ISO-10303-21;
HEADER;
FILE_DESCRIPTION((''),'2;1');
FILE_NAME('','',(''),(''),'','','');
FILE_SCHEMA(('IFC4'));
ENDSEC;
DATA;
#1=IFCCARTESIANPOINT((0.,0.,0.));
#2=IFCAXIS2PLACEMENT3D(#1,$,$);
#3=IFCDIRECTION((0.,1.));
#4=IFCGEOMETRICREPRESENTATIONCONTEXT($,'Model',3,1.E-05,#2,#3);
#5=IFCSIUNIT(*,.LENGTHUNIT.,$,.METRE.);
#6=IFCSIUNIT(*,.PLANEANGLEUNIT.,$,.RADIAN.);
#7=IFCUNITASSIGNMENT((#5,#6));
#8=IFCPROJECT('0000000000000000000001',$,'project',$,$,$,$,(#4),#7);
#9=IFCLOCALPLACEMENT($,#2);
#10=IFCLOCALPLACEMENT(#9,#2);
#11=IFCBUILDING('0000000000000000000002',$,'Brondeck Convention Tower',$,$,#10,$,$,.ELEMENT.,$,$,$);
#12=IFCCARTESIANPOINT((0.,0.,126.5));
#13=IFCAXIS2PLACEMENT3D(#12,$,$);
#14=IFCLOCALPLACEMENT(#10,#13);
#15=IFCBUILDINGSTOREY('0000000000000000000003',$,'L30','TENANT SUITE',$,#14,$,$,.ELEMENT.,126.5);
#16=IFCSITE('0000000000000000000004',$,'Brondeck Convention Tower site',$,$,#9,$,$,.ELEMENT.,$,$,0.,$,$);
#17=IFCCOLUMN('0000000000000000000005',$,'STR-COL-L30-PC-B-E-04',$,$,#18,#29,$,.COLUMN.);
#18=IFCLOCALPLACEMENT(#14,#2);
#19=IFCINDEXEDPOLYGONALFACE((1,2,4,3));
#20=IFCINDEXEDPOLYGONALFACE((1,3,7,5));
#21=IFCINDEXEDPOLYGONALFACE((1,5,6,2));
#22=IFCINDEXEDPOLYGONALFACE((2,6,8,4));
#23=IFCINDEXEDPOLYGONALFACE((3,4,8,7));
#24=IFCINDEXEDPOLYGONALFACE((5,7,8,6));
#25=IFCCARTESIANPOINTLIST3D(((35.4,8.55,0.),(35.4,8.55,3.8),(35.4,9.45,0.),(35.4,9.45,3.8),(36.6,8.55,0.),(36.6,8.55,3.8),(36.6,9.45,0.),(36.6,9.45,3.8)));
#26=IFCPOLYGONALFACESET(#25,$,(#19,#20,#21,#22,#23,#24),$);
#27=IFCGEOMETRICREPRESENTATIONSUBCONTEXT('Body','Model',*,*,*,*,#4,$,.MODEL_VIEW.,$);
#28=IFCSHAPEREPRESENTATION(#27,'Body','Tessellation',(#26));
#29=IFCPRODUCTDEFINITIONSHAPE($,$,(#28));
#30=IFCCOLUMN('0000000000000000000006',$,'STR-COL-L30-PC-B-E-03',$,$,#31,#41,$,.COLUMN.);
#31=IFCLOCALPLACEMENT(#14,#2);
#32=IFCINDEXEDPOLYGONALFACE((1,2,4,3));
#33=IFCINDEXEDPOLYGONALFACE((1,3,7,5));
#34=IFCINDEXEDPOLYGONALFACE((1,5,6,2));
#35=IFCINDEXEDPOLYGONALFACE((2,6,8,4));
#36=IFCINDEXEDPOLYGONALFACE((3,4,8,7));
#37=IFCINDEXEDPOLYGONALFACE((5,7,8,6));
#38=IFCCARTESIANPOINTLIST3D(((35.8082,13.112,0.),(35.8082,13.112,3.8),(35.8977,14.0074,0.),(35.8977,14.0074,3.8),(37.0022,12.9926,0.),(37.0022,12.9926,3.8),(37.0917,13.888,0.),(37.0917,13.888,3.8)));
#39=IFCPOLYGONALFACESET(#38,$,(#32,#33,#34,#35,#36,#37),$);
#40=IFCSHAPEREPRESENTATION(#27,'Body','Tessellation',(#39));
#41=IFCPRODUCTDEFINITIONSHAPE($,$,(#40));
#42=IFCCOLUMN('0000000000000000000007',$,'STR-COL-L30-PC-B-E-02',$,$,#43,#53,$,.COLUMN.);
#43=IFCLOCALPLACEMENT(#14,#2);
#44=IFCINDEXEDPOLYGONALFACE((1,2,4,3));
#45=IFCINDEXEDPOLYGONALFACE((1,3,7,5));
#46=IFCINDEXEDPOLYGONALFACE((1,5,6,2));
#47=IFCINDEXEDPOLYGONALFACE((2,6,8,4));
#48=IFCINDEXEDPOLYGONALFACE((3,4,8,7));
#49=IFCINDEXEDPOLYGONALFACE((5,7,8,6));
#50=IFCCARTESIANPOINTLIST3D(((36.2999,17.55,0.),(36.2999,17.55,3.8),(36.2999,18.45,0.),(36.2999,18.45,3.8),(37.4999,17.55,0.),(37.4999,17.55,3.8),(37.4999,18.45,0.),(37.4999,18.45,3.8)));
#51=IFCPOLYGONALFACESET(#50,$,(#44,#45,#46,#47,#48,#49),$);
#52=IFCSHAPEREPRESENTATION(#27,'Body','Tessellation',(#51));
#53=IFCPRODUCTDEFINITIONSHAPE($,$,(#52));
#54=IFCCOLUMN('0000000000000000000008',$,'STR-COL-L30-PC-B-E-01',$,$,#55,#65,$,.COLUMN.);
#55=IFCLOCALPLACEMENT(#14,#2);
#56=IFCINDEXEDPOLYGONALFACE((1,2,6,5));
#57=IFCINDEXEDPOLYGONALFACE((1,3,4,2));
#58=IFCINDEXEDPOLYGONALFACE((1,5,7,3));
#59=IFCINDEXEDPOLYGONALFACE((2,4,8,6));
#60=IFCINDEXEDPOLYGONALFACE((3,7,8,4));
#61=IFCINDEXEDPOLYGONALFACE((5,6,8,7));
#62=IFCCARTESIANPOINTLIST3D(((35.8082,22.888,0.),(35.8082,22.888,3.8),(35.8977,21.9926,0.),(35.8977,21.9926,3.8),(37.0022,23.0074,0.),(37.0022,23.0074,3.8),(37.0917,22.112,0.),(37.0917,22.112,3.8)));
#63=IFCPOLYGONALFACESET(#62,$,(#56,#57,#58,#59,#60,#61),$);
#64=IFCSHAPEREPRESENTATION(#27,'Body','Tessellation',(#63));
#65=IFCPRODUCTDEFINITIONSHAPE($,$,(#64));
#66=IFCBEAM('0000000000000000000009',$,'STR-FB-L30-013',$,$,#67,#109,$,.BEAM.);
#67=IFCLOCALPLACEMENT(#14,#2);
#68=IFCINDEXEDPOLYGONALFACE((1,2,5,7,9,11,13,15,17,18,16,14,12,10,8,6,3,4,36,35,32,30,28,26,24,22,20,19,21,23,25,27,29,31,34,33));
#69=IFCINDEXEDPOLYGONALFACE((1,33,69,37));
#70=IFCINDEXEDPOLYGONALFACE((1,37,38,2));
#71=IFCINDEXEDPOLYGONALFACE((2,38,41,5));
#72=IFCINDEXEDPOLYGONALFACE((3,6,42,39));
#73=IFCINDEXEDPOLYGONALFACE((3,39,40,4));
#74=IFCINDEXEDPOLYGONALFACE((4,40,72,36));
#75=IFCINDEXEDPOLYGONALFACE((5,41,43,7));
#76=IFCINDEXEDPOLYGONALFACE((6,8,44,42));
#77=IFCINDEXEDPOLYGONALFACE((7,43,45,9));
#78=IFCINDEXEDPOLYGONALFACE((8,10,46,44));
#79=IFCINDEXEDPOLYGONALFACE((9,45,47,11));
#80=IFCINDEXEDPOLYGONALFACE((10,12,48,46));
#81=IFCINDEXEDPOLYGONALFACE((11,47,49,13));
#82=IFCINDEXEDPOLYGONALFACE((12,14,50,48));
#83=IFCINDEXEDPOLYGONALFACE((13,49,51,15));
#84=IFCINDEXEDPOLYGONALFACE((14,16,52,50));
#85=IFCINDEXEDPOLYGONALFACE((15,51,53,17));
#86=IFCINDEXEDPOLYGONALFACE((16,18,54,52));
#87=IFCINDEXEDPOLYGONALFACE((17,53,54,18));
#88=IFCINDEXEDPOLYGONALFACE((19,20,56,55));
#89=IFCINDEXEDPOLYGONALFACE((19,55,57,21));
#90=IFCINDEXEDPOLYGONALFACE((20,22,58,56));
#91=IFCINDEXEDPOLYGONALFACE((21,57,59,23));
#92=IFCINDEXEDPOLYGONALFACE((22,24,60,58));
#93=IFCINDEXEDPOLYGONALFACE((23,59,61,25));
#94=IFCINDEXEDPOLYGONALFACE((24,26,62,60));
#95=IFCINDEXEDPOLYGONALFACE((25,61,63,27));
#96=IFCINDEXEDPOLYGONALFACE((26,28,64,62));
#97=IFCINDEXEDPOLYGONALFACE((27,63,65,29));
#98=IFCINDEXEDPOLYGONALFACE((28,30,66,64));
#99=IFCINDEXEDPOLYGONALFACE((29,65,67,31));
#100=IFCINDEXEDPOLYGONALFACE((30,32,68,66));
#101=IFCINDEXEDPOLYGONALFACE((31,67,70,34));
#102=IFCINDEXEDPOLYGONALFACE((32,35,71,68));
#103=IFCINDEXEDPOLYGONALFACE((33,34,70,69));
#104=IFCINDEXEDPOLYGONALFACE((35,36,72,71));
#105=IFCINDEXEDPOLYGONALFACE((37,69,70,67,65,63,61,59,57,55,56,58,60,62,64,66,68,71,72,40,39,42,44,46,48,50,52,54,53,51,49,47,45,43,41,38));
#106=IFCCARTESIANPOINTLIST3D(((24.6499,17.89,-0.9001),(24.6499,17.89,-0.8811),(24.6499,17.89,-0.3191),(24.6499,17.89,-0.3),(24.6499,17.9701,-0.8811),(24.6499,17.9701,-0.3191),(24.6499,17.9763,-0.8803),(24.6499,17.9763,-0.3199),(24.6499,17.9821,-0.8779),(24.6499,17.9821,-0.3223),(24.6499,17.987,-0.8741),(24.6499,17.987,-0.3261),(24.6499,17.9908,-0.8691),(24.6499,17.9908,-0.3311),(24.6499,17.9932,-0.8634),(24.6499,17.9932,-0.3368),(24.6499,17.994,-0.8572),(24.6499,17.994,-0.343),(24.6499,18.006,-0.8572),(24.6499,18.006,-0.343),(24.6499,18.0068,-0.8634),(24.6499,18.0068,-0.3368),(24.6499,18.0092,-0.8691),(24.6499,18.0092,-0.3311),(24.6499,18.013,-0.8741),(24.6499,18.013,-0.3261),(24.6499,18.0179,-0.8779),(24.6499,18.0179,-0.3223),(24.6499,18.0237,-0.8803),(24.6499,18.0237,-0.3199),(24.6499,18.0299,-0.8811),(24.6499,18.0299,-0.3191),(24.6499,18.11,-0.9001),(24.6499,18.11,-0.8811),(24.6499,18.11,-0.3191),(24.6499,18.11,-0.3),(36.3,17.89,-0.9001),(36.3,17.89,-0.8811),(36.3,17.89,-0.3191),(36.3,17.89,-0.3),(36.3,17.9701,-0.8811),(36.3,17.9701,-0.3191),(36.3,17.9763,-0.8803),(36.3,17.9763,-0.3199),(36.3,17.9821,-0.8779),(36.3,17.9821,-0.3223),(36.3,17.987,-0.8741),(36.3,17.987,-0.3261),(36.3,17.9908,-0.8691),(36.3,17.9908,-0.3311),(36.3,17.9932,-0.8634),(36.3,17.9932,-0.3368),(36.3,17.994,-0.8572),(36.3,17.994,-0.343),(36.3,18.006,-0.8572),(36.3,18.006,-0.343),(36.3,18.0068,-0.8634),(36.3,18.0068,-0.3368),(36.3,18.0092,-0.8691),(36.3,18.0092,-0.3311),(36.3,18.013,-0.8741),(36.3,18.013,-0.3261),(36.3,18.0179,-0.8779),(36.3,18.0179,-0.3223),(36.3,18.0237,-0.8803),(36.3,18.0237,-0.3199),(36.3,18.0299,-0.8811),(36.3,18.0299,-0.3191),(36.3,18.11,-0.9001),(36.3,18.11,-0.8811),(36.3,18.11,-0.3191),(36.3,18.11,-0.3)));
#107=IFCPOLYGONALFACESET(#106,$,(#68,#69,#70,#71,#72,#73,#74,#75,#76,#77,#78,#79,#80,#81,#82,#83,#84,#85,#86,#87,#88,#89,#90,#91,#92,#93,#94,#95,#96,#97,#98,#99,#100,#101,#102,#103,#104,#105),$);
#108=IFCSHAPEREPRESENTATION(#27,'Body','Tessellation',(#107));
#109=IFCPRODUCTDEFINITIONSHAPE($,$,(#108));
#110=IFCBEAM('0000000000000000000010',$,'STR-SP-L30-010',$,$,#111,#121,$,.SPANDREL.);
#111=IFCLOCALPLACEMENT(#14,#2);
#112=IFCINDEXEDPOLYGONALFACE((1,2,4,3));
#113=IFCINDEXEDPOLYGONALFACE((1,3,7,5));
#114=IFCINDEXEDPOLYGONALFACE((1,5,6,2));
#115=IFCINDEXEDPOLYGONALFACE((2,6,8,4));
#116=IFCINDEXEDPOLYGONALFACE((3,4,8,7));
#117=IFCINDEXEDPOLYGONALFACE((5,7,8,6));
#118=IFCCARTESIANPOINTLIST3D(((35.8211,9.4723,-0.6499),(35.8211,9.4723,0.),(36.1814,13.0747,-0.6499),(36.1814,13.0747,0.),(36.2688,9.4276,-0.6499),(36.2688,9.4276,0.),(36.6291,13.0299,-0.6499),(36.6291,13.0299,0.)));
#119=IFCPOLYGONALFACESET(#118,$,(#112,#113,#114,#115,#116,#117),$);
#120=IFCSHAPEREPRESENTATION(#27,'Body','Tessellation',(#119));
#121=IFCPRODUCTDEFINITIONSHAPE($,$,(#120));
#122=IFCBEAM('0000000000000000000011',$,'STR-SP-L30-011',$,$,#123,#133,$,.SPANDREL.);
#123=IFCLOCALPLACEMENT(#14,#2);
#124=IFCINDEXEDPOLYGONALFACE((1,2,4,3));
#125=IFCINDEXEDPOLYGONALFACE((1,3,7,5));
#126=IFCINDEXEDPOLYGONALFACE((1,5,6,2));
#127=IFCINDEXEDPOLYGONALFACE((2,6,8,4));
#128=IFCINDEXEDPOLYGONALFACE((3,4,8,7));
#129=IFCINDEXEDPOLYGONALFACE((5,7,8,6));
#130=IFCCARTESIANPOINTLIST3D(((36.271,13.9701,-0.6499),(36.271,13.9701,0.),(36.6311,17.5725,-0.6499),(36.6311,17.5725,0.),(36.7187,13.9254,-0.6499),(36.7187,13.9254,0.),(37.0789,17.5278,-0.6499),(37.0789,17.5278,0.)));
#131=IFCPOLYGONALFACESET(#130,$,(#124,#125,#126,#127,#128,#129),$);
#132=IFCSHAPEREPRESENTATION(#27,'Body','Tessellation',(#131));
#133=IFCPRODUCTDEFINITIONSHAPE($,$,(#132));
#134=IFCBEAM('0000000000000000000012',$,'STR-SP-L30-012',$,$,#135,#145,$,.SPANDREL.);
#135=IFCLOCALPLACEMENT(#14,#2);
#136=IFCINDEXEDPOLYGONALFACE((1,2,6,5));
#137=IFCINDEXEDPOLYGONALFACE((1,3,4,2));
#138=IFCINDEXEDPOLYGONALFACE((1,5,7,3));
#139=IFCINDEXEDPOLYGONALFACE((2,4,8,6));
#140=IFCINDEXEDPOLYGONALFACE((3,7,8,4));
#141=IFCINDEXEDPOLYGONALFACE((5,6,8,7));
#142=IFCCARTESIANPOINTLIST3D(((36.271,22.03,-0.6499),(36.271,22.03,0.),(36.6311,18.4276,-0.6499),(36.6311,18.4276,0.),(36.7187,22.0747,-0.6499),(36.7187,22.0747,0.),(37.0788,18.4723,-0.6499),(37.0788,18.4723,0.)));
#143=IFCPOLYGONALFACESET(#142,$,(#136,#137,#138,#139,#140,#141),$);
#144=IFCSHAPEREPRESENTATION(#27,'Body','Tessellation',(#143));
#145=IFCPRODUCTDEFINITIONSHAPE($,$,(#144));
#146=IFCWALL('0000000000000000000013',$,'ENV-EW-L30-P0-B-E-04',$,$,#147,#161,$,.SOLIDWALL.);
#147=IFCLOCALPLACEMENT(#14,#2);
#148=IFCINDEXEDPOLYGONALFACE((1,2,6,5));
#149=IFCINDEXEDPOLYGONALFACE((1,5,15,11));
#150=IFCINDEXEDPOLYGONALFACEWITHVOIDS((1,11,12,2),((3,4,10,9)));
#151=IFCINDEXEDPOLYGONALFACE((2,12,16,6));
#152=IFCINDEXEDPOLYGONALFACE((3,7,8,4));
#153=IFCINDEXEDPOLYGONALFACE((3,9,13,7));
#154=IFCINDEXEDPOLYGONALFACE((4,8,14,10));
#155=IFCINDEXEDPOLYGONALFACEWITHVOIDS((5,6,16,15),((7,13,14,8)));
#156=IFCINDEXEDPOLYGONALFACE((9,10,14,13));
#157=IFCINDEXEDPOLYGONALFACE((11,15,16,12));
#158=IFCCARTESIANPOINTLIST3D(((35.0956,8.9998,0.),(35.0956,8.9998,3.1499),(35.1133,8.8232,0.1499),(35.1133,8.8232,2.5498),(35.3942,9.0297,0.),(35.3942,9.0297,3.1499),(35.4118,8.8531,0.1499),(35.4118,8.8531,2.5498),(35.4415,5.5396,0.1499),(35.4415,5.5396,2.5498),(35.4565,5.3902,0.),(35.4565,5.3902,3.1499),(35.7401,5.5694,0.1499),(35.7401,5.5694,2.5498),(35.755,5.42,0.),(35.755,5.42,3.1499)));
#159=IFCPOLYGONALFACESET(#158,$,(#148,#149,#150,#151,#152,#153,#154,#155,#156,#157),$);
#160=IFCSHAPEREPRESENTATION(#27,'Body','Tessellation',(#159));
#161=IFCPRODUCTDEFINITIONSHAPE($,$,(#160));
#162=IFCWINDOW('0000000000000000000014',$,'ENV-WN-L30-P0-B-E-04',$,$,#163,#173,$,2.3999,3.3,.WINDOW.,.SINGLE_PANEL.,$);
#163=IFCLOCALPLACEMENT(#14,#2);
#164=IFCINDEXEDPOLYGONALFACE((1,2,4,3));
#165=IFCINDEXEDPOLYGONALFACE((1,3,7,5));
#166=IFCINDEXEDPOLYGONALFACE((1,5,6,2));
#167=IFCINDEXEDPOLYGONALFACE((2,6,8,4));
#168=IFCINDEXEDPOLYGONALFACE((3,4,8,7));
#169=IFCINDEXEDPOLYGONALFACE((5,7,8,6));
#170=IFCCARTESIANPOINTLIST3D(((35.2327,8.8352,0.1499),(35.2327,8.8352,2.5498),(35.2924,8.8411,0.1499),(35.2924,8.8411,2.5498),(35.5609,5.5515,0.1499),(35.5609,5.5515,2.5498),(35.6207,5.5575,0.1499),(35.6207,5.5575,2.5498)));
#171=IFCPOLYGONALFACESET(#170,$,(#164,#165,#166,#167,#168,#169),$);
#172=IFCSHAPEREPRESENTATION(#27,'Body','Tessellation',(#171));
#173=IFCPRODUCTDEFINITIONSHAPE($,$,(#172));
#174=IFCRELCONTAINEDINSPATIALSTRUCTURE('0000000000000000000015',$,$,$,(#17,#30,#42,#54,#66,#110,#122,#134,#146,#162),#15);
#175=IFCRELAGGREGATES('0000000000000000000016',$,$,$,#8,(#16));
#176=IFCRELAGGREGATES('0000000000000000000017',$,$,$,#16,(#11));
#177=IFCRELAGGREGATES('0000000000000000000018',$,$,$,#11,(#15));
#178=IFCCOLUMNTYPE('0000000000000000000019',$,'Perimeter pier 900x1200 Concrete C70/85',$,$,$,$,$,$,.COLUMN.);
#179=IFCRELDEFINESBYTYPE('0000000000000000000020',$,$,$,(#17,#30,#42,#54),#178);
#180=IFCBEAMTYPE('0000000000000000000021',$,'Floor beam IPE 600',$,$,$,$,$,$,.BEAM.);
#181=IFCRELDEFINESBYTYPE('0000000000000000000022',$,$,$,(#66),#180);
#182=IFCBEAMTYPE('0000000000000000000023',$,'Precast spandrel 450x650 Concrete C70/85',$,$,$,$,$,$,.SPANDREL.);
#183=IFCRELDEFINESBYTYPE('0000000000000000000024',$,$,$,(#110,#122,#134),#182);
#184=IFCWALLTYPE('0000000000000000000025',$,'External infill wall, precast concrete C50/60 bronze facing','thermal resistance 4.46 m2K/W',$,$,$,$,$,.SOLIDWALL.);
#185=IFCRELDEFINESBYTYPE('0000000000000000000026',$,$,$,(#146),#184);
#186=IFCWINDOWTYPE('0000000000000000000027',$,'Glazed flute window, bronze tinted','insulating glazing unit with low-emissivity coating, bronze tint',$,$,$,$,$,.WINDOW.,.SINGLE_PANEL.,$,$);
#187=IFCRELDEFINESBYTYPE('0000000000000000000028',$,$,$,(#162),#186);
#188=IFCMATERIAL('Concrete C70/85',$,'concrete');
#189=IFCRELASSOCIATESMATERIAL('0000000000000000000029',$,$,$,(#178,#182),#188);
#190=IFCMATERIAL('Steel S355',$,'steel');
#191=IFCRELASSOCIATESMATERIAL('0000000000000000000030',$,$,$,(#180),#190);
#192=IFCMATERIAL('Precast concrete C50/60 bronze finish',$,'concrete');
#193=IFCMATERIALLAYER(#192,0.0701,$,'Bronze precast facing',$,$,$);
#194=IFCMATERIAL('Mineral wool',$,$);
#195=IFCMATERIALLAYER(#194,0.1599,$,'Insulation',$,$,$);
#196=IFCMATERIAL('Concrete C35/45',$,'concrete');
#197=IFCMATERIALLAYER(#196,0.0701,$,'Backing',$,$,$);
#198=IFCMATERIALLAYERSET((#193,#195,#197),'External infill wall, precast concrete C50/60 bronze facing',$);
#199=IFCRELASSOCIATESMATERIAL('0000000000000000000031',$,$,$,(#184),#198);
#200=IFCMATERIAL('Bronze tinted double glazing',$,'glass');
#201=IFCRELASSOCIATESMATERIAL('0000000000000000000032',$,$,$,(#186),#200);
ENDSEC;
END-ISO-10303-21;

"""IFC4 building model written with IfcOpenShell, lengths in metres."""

from ifc_helpers import new_model, si_unit, direction, frame, frame_2d, origin, origin_2d, place, context, subcontext, project, spatial, rectangle, i_section, extrude, material, layer, layer_set, material_profile, profile_set, type_object, element, fill, save


model = new_model("IFC4")

# Units and contexts
model_context = context("Model", 3, precision=1e-05, world=origin(), true_north=direction((0.0, 1.0)))
body_context = subcontext(model_context, "Body", "Model", "MODEL_VIEW")
ifc_project = project(units=[si_unit("LENGTHUNIT", "METRE"), si_unit("PLANEANGLEUNIT", "RADIAN")], contexts=[model_context])

# Site, building, storey
site_placement = place(None, origin())
site = spatial("IfcSite", under=ifc_project, at=site_placement, Name="Brondeck Convention Tower site", CompositionType="ELEMENT", RefElevation=0.0)
building_placement = place(site_placement, origin())
building = spatial("IfcBuilding", under=site, at=building_placement, Name="Brondeck Convention Tower", CompositionType="ELEMENT")
storey_placement = place(building_placement, frame((0.0, 0.0, 126.5)))
storey = spatial("IfcBuildingStorey", under=building, at=storey_placement, Name="L30", Description="TENANT SUITE", CompositionType="ELEMENT", Elevation=126.5)

# Columns
ifc_material_1 = material(Name="Concrete C70/85", Category="concrete")
ifc_material_profile_1 = material_profile(ifc_material_1, rectangle(XDim=0.8999, YDim=1.2, at=origin_2d()), Name="Perimeter pier 900x1200 Concrete C70/85")
ifc_profile_set_1 = profile_set([ifc_material_profile_1], Name="Concrete C70/85")
column_type = type_object("IfcColumnType", Name="Perimeter pier 900x1200 Concrete C70/85", PredefinedType="COLUMN", material=ifc_profile_set_1)
for number, where, z_axis, x_axis, name in (
    (1, (36.0, 9.0, 0.0), (0.0, 0.0, 1.0), (0.0, 1.0, 0.0), "STR-COL-L30-PC-B-E-04"),
    (2, (36.45, 13.5, 0.0), (0.0, 0.0, 1.0), (0.099504, 0.995037, 0.0), "STR-COL-L30-PC-B-E-03"),
    (3, (36.8999, 18.0, 0.0), (0.0, 0.0, 1.0), (0.0, 1.0, 0.0), "STR-COL-L30-PC-B-E-02"),
    (4, (36.45, 22.5, 0.0), (0.0, 0.0, 1.0), (-0.099504, 0.995037, 0.0), "STR-COL-L30-PC-B-E-01"),
):
    element("IfcColumn", number, at=place(storey_placement, frame(where, z_axis=z_axis, x_axis=x_axis)), inside=storey, type_object=column_type, Name=name, PredefinedType="COLUMN", context=body_context, shape_type="SweptSolid", body=[
        extrude(rectangle(XDim=0.8999, YDim=1.2, at=origin_2d()), origin(), (0.0, 0.0, 1.0), 3.8),
    ])

# Beams
ifc_material_2 = material(Name="Steel S355", Category="steel")
ifc_material_profile_2 = material_profile(ifc_material_2, i_section(OverallWidth=0.22, OverallDepth=0.6001, WebThickness=0.012, FlangeThickness=0.019, FilletRadius=0.0239, at=origin_2d()), Name="IPE 600")
ifc_profile_set_2 = profile_set([ifc_material_profile_2], Name="Steel S355")
beam_type_1 = type_object("IfcBeamType", Name="Floor beam IPE 600", PredefinedType="BEAM", material=ifc_profile_set_2)
beam_placement = place(storey_placement, frame((24.6499, 18.0, -0.6001), z_axis=(1.0, 0.0, 0.0), x_axis=(0.0, 1.0, 0.0)))
element("IfcBeam", 5, at=beam_placement, inside=storey, type_object=beam_type_1, Name="STR-FB-L30-013", PredefinedType="BEAM", context=body_context, shape_type="SweptSolid", body=[
    extrude(i_section(OverallWidth=0.22, OverallDepth=0.6001, WebThickness=0.012, FlangeThickness=0.019, FilletRadius=0.0239, at=origin_2d()), origin(), (0.0, 0.0, 1.0), 11.6501),
])
ifc_material_profile_3 = material_profile(ifc_material_1, rectangle(XDim=0.45, YDim=0.6499, at=origin_2d()), Name="Precast spandrel 450x650 Concrete C70/85")
ifc_profile_set_3 = profile_set([ifc_material_profile_3], Name="Concrete C70/85")
beam_type_2 = type_object("IfcBeamType", Name="Precast spandrel 450x650 Concrete C70/85", PredefinedType="SPANDREL", material=ifc_profile_set_3)
for number, where, z_axis, x_axis, name in (
    (6, (36.0449, 9.45, -0.325), (0.099537, 0.995034, 0.0), (-0.995034, 0.099537, 0.0), "STR-SP-L30-010"),
    (7, (36.4949, 13.9478, -0.325), (0.09947, 0.995041, 0.0), (-0.995041, 0.09947, 0.0), "STR-SP-L30-011"),
    (8, (36.855, 18.45, -0.325), (-0.09947, 0.995041, 0.0), (-0.995041, -0.09947, 0.0), "STR-SP-L30-012"),
):
    element("IfcBeam", number, at=place(storey_placement, frame(where, z_axis=z_axis, x_axis=x_axis)), inside=storey, type_object=beam_type_2, Name=name, PredefinedType="SPANDREL", context=body_context, shape_type="SweptSolid", body=[
        extrude(rectangle(XDim=0.45, YDim=0.6499, at=origin_2d()), origin(), (0.0, 0.0, 1.0), 3.6204),
    ])

# Wall, opening, window
ifc_material_3 = material(Name="Precast concrete C50/60 bronze finish", Category="concrete")
ifc_layer_1 = layer(ifc_material_3, 0.0701, Name="Bronze precast facing")
ifc_material_4 = material(Name="Mineral wool")
ifc_layer_2 = layer(ifc_material_4, 0.1599, Name="Insulation")
ifc_material_5 = material(Name="Concrete C35/45", Category="concrete")
ifc_layer_3 = layer(ifc_material_5, 0.0701, Name="Backing")
ifc_layer_set_1 = layer_set([ifc_layer_1, ifc_layer_2, ifc_layer_3], Name="External infill wall, precast concrete C50/60 bronze facing")
wall_type_1 = type_object("IfcWallType", Name="External infill wall, precast concrete C50/60 bronze facing", Description="thermal resistance 4.46 m2K/W", PredefinedType="SOLIDWALL", material=ifc_layer_set_1)
wall_1_placement = place(storey_placement, frame((35.2449, 9.0149, 0.0), z_axis=(0.0, 0.0, 1.0), x_axis=(0.09947, -0.995041, 0.0)))
wall_1 = element("IfcWall", 9, at=wall_1_placement, inside=storey, type_object=wall_type_1, Name="ENV-EW-L30-P0-B-E-04", PredefinedType="SOLIDWALL", context=body_context, shape_type="SweptSolid", body=[
    extrude(rectangle(XDim=3.6277, YDim=0.3, at=frame_2d((1.814, 0.0))), origin(), (0.0, 0.0, 1.0), 3.1499),
])
opening_1_placement = place(wall_1_placement, frame((0.1777, 0.0, 0.1499)))
opening_1 = element("IfcOpeningElement", 10, at=opening_1_placement, cuts=wall_1, PredefinedType="OPENING", context=body_context, shape_type="SweptSolid", body=[
    extrude(rectangle(XDim=3.3, YDim=2.3999, at=frame_2d((1.6499, 1.2))), frame((0.0, 0.1599, 0.0), z_axis=(0.0, -1.0, 0.0), x_axis=(1.0, 0.0, 0.0)), (0.0, 0.0, 1.0), 0.3201),
])
ifc_material_6 = material(Name="Bronze tinted double glazing", Category="glass")
window_type_1 = type_object("IfcWindowType", Name="Glazed flute window, bronze tinted", Description="insulating glazing unit with low-emissivity coating, bronze tint", PartitioningType="SINGLE_PANEL", PredefinedType="WINDOW", material=ifc_material_6)
window_1_placement = place(opening_1_placement, origin())
window_1 = element("IfcWindow", 11, at=window_1_placement, inside=storey, type_object=window_type_1, Name="ENV-WN-L30-P0-B-E-04", OverallHeight=2.3999, OverallWidth=3.3, PartitioningType="SINGLE_PANEL", PredefinedType="WINDOW", context=body_context, shape_type="SweptSolid", body=[
    extrude(rectangle(XDim=3.3, YDim=2.3999, at=frame_2d((1.6499, 1.2))), frame((0.0, 0.03, 0.0), z_axis=(0.0, -1.0, 0.0), x_axis=(1.0, 0.0, 0.0)), (0.0, 0.0, 1.0), 0.0601),
])
fill(opening_1, window_1)

save(model, "model.ifc")
